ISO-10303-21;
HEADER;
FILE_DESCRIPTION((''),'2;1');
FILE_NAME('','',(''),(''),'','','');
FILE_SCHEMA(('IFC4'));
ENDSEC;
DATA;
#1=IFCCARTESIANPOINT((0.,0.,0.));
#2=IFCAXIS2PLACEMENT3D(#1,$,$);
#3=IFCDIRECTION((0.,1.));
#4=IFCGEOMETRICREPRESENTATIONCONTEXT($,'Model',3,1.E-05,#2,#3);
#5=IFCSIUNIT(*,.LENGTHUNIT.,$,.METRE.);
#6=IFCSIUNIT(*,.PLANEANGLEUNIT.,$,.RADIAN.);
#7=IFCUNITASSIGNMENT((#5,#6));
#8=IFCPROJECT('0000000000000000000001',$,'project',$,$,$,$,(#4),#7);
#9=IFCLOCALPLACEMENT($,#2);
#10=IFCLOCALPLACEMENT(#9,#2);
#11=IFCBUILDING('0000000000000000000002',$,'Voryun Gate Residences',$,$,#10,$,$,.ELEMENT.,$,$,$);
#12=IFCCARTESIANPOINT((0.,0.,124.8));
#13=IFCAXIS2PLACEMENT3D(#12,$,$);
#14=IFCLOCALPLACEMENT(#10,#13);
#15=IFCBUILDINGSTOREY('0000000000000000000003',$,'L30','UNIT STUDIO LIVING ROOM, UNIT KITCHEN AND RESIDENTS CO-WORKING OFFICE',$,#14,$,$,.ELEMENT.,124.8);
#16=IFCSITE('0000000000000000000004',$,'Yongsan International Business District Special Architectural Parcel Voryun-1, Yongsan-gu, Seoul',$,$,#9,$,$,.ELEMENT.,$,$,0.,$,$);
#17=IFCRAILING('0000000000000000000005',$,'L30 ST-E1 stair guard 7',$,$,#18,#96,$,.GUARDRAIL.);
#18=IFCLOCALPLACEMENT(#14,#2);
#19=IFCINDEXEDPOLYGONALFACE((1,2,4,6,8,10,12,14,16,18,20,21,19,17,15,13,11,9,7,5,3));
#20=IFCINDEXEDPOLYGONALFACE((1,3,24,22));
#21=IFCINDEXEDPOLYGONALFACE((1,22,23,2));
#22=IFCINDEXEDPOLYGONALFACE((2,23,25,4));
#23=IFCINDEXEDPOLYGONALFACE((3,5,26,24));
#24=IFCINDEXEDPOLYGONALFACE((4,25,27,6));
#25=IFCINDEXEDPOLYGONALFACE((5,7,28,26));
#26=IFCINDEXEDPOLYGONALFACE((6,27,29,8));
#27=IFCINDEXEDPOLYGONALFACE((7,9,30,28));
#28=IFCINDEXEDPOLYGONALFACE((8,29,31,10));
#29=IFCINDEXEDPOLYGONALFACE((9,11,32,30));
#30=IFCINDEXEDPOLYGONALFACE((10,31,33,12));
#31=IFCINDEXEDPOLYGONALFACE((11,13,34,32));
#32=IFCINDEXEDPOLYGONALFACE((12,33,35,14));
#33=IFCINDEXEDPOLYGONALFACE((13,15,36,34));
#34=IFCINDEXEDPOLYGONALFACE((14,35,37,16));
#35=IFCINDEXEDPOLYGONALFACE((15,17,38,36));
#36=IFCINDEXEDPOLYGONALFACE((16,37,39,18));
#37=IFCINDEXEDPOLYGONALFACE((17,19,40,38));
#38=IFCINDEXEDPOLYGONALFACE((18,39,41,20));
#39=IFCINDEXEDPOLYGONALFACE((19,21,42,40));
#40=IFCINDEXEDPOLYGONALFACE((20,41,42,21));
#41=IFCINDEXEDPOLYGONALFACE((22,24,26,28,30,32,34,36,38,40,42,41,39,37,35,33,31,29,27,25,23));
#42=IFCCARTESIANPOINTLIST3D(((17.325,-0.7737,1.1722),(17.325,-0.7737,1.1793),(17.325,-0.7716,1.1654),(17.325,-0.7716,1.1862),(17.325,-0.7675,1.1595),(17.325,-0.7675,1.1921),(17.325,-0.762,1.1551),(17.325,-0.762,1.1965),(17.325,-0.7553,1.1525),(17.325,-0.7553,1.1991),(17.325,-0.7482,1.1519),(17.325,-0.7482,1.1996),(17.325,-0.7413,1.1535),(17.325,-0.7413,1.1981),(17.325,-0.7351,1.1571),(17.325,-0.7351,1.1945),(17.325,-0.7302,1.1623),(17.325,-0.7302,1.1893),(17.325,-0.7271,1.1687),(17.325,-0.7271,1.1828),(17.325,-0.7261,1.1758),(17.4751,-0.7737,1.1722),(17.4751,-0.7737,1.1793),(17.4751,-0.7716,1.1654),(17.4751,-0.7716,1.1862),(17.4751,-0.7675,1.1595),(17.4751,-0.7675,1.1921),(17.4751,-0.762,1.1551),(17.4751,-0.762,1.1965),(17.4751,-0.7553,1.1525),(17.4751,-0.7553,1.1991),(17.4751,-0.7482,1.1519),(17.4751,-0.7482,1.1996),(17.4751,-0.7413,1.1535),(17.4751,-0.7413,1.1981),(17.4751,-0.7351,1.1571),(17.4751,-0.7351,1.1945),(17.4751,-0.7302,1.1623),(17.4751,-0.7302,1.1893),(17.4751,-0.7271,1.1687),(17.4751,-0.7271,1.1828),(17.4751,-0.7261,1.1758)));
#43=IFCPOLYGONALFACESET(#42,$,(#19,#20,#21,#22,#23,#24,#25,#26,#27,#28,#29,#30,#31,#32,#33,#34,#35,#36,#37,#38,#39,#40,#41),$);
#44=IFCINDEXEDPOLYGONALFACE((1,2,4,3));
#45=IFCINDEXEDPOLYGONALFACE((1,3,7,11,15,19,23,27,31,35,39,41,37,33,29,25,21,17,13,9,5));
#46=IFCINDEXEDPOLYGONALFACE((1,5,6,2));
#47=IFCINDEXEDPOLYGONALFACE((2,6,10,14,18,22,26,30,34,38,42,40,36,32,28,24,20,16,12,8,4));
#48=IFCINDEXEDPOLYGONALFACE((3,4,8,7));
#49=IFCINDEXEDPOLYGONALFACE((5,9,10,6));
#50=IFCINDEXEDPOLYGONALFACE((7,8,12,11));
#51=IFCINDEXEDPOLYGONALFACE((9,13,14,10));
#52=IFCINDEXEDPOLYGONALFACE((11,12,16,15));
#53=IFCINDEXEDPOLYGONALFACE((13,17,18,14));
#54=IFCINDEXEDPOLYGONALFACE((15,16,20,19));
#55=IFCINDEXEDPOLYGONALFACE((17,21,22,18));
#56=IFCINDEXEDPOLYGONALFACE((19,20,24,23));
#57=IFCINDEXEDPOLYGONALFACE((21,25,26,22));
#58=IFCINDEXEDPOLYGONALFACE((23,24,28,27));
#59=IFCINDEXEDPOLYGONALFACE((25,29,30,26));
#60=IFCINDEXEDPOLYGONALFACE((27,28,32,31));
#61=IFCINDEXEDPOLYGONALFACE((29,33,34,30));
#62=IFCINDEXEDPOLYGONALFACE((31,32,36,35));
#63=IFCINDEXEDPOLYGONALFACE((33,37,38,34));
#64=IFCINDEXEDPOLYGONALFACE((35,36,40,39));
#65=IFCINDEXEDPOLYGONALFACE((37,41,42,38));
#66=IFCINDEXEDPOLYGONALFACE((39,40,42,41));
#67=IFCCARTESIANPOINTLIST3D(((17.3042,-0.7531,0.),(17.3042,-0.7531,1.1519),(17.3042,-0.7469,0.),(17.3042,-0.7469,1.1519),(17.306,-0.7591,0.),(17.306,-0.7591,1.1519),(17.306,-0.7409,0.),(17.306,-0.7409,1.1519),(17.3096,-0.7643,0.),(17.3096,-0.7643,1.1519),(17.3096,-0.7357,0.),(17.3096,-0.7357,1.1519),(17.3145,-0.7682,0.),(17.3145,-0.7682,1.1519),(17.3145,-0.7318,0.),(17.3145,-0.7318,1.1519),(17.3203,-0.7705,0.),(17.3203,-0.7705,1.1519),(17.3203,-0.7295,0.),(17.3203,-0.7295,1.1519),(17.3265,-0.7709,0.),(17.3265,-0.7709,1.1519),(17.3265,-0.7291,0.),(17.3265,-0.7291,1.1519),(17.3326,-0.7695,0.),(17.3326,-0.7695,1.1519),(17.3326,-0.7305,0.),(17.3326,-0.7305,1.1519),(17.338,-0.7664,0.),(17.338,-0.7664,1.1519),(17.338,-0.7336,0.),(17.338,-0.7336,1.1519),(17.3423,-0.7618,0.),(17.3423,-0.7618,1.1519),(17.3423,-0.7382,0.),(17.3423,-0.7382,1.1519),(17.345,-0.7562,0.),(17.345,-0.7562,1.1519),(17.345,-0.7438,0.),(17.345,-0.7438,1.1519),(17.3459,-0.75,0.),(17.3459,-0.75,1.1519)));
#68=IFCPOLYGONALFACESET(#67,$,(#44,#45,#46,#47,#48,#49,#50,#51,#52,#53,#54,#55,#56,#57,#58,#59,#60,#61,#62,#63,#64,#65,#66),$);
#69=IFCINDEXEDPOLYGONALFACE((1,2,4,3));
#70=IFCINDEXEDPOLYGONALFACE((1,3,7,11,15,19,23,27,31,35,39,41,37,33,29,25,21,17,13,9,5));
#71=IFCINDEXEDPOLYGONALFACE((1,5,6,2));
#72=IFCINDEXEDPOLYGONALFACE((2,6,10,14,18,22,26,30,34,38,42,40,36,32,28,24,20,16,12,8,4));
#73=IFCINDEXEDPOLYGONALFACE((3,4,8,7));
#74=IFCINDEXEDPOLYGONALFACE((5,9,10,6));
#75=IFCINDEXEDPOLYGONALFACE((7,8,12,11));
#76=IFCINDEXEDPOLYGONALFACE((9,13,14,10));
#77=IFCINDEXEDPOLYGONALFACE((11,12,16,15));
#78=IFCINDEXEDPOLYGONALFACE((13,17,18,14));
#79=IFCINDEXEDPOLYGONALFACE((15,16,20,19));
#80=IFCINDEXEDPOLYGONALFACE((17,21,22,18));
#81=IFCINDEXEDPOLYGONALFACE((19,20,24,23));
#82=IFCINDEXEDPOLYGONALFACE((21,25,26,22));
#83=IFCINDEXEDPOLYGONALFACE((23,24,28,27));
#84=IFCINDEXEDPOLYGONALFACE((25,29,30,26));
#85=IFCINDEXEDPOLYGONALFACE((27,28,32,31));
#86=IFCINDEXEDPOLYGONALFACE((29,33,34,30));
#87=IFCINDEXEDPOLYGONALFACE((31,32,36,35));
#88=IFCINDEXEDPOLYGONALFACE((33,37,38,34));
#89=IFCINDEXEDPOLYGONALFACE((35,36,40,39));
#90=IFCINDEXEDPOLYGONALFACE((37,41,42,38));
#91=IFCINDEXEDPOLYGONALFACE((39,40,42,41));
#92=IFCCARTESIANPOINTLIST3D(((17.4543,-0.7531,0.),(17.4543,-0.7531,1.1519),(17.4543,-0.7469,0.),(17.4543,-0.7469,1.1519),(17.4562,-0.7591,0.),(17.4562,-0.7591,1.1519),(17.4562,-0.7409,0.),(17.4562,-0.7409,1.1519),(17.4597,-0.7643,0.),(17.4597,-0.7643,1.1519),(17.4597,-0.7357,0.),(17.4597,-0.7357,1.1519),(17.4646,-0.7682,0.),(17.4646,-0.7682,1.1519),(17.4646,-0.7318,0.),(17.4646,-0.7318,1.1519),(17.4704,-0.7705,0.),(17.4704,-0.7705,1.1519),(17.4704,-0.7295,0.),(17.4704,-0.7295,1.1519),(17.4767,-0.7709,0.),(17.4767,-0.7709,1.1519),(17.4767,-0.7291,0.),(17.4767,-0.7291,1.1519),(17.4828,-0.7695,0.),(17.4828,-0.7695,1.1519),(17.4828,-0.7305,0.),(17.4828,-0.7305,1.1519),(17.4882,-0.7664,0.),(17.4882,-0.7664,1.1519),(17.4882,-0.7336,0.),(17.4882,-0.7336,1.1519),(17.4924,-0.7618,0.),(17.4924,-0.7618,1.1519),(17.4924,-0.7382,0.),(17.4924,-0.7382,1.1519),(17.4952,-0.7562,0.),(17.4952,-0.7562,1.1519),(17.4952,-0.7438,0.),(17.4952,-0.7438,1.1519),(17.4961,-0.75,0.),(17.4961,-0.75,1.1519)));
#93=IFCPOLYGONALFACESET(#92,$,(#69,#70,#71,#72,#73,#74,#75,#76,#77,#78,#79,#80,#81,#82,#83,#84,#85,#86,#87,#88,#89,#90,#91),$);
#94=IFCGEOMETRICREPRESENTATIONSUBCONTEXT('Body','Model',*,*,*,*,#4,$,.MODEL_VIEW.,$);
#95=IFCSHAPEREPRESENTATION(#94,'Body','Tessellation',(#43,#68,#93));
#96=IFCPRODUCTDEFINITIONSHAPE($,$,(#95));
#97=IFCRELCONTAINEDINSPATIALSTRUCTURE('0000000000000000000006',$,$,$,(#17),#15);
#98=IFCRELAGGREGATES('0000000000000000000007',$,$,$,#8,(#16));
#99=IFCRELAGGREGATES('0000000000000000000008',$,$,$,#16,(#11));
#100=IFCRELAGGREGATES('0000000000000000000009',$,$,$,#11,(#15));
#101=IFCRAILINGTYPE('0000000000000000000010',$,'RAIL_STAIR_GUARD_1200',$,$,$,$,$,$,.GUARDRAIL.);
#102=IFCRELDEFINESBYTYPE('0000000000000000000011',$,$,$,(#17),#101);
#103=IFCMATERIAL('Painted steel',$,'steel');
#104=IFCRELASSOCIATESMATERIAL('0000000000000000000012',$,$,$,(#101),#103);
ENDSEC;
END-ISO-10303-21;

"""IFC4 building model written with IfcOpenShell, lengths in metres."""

from ifc_helpers import new_model, si_unit, direction, frame, origin, origin_2d, place, context, subcontext, project, spatial, circle, extrude, material, type_object, element, save


model = new_model("IFC4")

# Units and contexts
model_context = context("Model", 3, precision=1e-05, world=origin(), true_north=direction((0.0, 1.0)))
body_context = subcontext(model_context, "Body", "Model", "MODEL_VIEW")
ifc_project = project(units=[si_unit("LENGTHUNIT", "METRE"), si_unit("PLANEANGLEUNIT", "RADIAN")], contexts=[model_context])

# Site, building, storey
site_placement = place(None, origin())
site = spatial("IfcSite", under=ifc_project, at=site_placement, Name="Yongsan International Business District Special Architectural Parcel Voryun-1, Yongsan-gu, Seoul", CompositionType="ELEMENT", RefElevation=0.0)
building_placement = place(site_placement, origin())
building = spatial("IfcBuilding", under=site, at=building_placement, Name="Voryun Gate Residences", CompositionType="ELEMENT")
storey_placement = place(building_placement, frame((0.0, 0.0, 124.8)))
storey = spatial("IfcBuildingStorey", under=building, at=storey_placement, Name="L30", Description="UNIT STUDIO LIVING ROOM, UNIT KITCHEN AND RESIDENTS CO-WORKING OFFICE", CompositionType="ELEMENT", Elevation=124.8)

# Railing
ifc_material_1 = material(Name="Painted steel", Category="steel")
railing_type_1 = type_object("IfcRailingType", Name="RAIL_STAIR_GUARD_1200", PredefinedType="GUARDRAIL", material=ifc_material_1)
railing_1_placement = place(storey_placement, frame((17.325, -0.75, 0.0)))
element("IfcRailing", 1, at=railing_1_placement, inside=storey, type_object=railing_type_1, Name="L30 ST-E1 stair guard 7", PredefinedType="GUARDRAIL", context=body_context, shape_type="SweptSolid", body=[
    extrude(circle(Radius=0.0239, at=origin_2d()), frame((0.0, 0.0, 1.1758), z_axis=(1.0, 0.0, 0.0), x_axis=(0.0, 1.0, 0.0)), (0.0, 0.0, 1.0), 0.1501),
    extrude(circle(Radius=0.021, at=origin_2d()), origin(), (0.0, 0.0, 1.0), 1.1519),
    extrude(circle(Radius=0.021, at=origin_2d()), frame((0.1501, 0.0, 0.0)), (0.0, 0.0, 1.0), 1.1519),
])

save(model, "model.ifc")
